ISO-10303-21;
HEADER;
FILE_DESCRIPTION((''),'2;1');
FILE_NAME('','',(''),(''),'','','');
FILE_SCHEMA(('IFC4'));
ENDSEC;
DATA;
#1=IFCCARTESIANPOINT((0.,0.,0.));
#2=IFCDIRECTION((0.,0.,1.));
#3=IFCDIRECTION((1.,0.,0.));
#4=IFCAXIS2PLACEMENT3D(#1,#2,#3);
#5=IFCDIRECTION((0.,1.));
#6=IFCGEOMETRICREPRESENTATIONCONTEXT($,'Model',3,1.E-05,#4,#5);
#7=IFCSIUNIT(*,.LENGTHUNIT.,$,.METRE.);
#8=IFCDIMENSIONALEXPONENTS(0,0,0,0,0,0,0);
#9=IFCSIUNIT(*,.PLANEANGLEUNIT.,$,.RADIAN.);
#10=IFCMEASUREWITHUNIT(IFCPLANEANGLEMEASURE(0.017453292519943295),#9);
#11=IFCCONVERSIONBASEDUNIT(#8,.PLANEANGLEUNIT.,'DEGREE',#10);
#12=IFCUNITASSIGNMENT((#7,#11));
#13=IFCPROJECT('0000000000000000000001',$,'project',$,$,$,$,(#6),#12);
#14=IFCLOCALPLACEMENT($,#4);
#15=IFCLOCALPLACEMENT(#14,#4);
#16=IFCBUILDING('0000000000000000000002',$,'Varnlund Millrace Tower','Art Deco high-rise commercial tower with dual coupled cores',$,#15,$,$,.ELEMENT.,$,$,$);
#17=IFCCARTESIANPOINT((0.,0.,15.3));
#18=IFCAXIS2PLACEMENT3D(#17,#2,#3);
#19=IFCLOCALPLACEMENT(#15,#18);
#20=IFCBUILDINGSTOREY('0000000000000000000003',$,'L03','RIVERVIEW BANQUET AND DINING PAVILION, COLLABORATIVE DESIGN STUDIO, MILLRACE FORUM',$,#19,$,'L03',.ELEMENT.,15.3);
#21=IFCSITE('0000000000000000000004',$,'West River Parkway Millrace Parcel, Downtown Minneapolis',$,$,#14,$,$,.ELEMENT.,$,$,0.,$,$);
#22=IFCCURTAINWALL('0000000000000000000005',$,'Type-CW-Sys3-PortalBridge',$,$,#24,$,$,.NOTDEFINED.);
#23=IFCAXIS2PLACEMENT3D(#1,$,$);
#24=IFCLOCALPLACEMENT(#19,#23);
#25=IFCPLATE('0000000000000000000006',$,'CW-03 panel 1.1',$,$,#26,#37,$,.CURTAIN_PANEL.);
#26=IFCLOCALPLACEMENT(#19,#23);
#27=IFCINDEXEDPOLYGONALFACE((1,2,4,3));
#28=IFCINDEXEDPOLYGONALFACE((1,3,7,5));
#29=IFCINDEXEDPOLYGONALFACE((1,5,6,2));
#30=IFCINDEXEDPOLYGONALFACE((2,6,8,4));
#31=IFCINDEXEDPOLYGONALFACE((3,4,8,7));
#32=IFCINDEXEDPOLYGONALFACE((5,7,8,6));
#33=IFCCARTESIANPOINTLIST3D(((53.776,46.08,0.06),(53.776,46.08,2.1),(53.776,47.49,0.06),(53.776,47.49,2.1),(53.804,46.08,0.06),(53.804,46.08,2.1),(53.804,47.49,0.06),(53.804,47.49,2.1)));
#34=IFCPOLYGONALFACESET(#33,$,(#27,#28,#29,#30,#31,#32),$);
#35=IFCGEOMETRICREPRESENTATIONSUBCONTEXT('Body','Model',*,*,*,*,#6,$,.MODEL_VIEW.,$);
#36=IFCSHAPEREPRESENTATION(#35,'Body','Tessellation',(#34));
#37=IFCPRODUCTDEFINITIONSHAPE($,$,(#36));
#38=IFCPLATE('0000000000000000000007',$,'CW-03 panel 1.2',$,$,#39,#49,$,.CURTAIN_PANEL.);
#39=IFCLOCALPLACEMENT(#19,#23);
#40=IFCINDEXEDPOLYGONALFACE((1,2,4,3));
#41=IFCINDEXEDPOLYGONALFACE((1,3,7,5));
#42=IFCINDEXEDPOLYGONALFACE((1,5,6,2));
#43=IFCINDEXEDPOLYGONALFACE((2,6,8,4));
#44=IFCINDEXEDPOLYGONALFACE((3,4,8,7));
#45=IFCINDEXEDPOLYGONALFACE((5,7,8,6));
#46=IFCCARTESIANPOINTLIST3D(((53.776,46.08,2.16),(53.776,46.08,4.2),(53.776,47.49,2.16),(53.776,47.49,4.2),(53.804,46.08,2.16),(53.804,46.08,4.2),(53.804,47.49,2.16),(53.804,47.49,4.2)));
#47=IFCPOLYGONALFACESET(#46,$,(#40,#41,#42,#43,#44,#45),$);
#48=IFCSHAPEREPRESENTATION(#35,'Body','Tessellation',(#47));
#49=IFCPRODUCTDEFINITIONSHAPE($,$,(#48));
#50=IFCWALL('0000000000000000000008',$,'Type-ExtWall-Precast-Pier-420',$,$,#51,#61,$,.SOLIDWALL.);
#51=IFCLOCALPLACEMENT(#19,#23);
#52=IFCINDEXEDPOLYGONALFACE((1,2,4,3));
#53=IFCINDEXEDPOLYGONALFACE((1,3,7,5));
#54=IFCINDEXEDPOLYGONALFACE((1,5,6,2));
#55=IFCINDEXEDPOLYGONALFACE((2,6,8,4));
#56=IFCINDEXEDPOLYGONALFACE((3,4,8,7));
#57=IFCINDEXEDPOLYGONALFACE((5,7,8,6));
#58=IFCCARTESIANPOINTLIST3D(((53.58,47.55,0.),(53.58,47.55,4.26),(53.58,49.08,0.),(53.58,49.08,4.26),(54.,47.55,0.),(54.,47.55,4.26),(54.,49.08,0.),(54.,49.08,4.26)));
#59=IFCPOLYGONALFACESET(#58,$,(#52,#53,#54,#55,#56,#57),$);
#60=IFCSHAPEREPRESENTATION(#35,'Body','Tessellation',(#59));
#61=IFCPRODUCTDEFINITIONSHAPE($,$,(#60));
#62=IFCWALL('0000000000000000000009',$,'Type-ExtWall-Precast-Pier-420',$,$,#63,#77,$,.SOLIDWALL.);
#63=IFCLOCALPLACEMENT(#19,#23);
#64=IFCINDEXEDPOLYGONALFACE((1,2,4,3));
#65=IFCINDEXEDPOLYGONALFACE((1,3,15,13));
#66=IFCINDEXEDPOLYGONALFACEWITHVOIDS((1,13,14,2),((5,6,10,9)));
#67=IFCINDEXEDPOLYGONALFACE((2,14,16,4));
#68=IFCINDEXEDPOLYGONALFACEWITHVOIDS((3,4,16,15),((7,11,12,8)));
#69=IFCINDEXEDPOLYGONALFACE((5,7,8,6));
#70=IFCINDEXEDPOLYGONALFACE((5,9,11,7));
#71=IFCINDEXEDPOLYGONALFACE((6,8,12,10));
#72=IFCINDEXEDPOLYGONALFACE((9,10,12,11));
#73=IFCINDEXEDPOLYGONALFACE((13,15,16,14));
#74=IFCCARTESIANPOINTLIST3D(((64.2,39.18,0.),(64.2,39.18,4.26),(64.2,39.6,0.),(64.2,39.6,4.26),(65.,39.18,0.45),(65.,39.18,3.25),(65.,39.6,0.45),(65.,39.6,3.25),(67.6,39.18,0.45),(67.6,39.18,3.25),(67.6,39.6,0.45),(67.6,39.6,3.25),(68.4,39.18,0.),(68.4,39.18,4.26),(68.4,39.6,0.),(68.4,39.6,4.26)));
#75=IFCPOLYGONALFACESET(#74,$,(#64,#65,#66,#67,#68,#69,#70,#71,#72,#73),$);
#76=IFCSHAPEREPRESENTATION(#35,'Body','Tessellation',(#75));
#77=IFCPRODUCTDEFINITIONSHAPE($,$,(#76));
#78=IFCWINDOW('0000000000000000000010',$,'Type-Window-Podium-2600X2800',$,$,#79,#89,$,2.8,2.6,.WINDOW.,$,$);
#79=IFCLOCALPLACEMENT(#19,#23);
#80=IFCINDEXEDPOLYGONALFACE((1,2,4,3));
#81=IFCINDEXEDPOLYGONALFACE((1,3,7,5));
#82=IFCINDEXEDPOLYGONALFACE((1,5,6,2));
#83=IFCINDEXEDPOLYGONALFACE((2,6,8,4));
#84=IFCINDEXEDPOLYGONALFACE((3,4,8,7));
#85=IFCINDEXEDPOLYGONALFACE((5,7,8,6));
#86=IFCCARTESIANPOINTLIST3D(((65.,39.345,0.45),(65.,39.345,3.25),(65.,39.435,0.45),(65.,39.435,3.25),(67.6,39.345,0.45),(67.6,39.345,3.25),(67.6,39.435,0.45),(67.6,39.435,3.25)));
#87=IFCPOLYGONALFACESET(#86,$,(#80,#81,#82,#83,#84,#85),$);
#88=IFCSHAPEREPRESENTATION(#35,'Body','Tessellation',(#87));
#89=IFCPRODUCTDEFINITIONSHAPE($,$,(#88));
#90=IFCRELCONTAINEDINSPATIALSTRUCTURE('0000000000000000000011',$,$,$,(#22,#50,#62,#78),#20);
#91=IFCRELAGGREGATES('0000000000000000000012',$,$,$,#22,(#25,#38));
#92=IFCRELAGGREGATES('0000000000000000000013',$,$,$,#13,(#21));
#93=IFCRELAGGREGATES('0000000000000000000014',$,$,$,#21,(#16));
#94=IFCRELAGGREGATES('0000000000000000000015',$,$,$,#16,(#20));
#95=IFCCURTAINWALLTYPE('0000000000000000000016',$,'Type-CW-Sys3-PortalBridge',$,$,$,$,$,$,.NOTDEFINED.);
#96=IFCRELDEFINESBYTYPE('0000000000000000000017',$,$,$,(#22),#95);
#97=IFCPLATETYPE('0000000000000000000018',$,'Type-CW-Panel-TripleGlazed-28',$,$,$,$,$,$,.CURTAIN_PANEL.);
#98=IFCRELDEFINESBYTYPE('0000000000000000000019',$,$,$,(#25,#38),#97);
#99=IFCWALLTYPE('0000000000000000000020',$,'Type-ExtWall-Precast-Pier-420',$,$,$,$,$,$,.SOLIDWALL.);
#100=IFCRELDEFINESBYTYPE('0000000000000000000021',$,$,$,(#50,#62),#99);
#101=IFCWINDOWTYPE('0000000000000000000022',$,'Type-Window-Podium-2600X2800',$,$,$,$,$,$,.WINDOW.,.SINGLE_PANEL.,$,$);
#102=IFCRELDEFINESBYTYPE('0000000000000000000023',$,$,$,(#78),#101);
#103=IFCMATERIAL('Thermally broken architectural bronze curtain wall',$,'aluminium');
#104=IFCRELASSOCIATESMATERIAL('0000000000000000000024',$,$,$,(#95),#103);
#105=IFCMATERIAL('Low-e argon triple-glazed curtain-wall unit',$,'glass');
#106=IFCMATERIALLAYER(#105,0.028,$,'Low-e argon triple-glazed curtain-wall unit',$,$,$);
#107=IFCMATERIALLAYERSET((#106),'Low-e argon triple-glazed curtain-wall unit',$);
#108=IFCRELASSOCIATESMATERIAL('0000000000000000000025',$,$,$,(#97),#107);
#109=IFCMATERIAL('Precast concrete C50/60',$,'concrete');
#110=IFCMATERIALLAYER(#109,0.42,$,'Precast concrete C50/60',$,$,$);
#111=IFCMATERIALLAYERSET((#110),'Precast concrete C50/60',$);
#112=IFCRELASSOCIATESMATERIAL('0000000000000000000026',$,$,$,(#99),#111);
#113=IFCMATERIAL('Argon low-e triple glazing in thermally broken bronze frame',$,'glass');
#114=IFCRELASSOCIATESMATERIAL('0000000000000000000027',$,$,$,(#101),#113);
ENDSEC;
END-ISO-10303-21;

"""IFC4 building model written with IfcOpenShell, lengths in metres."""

from ifc_helpers import new_model, entity, si_unit, converted_unit, direction, frame, origin_with_axes, origin_2d_with_axis, place, context, subcontext, project, spatial, polyline, rectangle, outline, extrude, material, layer, layer_set, type_object, element, fill, aggregate, save


model = new_model("IFC4")

# Units and contexts
model_context = context("Model", 3, precision=1e-05, world=origin_with_axes(), true_north=direction((0.0, 1.0)))
body_context = subcontext(model_context, "Body", "Model", "MODEL_VIEW")
ifc_project = project(units=[si_unit("LENGTHUNIT", "METRE"), converted_unit("PLANEANGLEUNIT", "DEGREE", entity("IfcPlaneAngleMeasure", 0.017453292519943295), si_unit("PLANEANGLEUNIT", "RADIAN"), dimensions=[0, 0, 0, 0, 0, 0, 0])], contexts=[model_context])

# Site, building, storey
site_placement = place(None, origin_with_axes())
site = spatial("IfcSite", under=ifc_project, at=site_placement, Name="West River Parkway Millrace Parcel, Downtown Minneapolis", CompositionType="ELEMENT", RefElevation=0.0)
building_placement = place(site_placement, origin_with_axes())
building = spatial("IfcBuilding", under=site, at=building_placement, Name="Varnlund Millrace Tower", Description="Art Deco high-rise commercial tower with dual coupled cores", CompositionType="ELEMENT")
storey_placement = place(building_placement, frame((0.0, 0.0, 15.3), z_axis=(0.0, 0.0, 1.0), x_axis=(1.0, 0.0, 0.0)))
storey = spatial("IfcBuildingStorey", under=building, at=storey_placement, Name="L03", Description="RIVERVIEW BANQUET AND DINING PAVILION, COLLABORATIVE DESIGN STUDIO, MILLRACE FORUM", LongName="L03", CompositionType="ELEMENT", Elevation=15.3)

# Curtain wall
ifc_material_1 = material(Name="Thermally broken architectural bronze curtain wall", Category="aluminium")
curtain_wall_type = type_object("IfcCurtainWallType", Name="Type-CW-Sys3-PortalBridge", PredefinedType="NOTDEFINED", material=ifc_material_1)
curtain_wall_1_placement = place(storey_placement, frame((53.79, 47.55, 0.0), z_axis=(0.0, 0.0, 1.0), x_axis=(1.0, 0.0, 0.0)))
curtain_wall_1 = element("IfcCurtainWall", 1, at=curtain_wall_1_placement, inside=storey, type_object=curtain_wall_type, Name="Type-CW-Sys3-PortalBridge", PredefinedType="NOTDEFINED")

# Plates
ifc_material_2 = material(Name="Low-e argon triple-glazed curtain-wall unit", Category="glass")
ifc_layer_1 = layer(ifc_material_2, 0.028, Name="Low-e argon triple-glazed curtain-wall unit")
ifc_layer_set_1 = layer_set([ifc_layer_1], Name="Low-e argon triple-glazed curtain-wall unit")
plate_type = type_object("IfcPlateType", Name="Type-CW-Panel-TripleGlazed-28", PredefinedType="CURTAIN_PANEL", material=ifc_layer_set_1)
plate_1_placement = place(storey_placement, frame((53.79, 46.785, 0.06), z_axis=(0.0, 0.0, 1.0), x_axis=(0.0, -1.0, 0.0)))
plate_1 = element("IfcPlate", 2, at=plate_1_placement, type_object=plate_type, Name="CW-03 panel 1.1", PredefinedType="CURTAIN_PANEL", context=body_context, shape_type="SweptSolid", body=[
    extrude(rectangle(XDim=1.41, YDim=0.028, at=origin_2d_with_axis()), origin_with_axes(), (0.0, 0.0, 1.0), 2.04),
])
plate_2_placement = place(storey_placement, frame((53.79, 46.785, 2.16), z_axis=(0.0, 0.0, 1.0), x_axis=(0.0, -1.0, 0.0)))
plate_2 = element("IfcPlate", 3, at=plate_2_placement, type_object=plate_type, Name="CW-03 panel 1.2", PredefinedType="CURTAIN_PANEL", context=body_context, shape_type="SweptSolid", body=[
    extrude(rectangle(XDim=1.41, YDim=0.028, at=origin_2d_with_axis()), origin_with_axes(), (0.0, 0.0, 1.0), 2.04),
])
aggregate(curtain_wall_1, [plate_1, plate_2])

# Wall
ifc_material_3 = material(Name="Precast concrete C50/60", Category="concrete")
ifc_layer_2 = layer(ifc_material_3, 0.42, Name="Precast concrete C50/60")
ifc_layer_set_2 = layer_set([ifc_layer_2], Name="Precast concrete C50/60")
wall_type = type_object("IfcWallType", Name="Type-ExtWall-Precast-Pier-420", PredefinedType="SOLIDWALL", material=ifc_layer_set_2)
wall_1_placement = place(storey_placement, frame((53.79, 49.08, 0.0), z_axis=(0.0, 0.0, 1.0), x_axis=(0.0, -1.0, 0.0)))
element("IfcWall", 4, at=wall_1_placement, inside=storey, type_object=wall_type, Name="Type-ExtWall-Precast-Pier-420", PredefinedType="SOLIDWALL", context=body_context, shape_type="SweptSolid", body=[
    extrude(outline(polyline([(0.0, -0.21), (1.53, -0.21), (1.53, 0.21), (0.0, 0.21), (0.0, -0.21)])), origin_with_axes(), (0.0, 0.0, 1.0), 4.26),
])

# Wall, opening, window
wall_2_placement = place(storey_placement, frame((64.2, 39.39, 0.0), z_axis=(0.0, 0.0, 1.0), x_axis=(1.0, 0.0, 0.0)))
wall_2 = element("IfcWall", 5, at=wall_2_placement, inside=storey, type_object=wall_type, Name="Type-ExtWall-Precast-Pier-420", PredefinedType="SOLIDWALL", context=body_context, shape_type="SweptSolid", body=[
    extrude(outline(polyline([(0.0, -0.21), (4.2, -0.21), (4.2, 0.21), (0.0, 0.21), (0.0, -0.21)])), origin_with_axes(), (0.0, 0.0, 1.0), 4.26),
])
opening_placement = place(wall_2_placement, frame((2.1, 0.0, 0.45), z_axis=(0.0, 0.0, 1.0), x_axis=(1.0, 0.0, 0.0)))
opening = element("IfcOpeningElement", 6, at=opening_placement, cuts=wall_2, PredefinedType="OPENING", context=body_context, shape_type="SweptSolid", body=[
    extrude(rectangle(XDim=2.6, YDim=0.44, at=origin_2d_with_axis()), origin_with_axes(), (0.0, 0.0, 1.0), 2.8),
])
ifc_material_4 = material(Name="Argon low-e triple glazing in thermally broken bronze frame", Category="glass")
window_type = type_object("IfcWindowType", Name="Type-Window-Podium-2600X2800", PartitioningType="SINGLE_PANEL", PredefinedType="WINDOW", material=ifc_material_4)
window_placement = place(wall_2_placement, frame((2.1, 0.0, 0.45), z_axis=(0.0, 0.0, 1.0), x_axis=(1.0, 0.0, 0.0)))
window = element("IfcWindow", 7, at=window_placement, inside=storey, type_object=window_type, Name="Type-Window-Podium-2600X2800", OverallHeight=2.8, OverallWidth=2.6, PredefinedType="WINDOW", context=body_context, shape_type="SweptSolid", body=[
    extrude(rectangle(XDim=2.6, YDim=0.09, at=origin_2d_with_axis()), origin_with_axes(), (0.0, 0.0, 1.0), 2.8),
])
fill(opening, window)

save(model, "model.ifc")
